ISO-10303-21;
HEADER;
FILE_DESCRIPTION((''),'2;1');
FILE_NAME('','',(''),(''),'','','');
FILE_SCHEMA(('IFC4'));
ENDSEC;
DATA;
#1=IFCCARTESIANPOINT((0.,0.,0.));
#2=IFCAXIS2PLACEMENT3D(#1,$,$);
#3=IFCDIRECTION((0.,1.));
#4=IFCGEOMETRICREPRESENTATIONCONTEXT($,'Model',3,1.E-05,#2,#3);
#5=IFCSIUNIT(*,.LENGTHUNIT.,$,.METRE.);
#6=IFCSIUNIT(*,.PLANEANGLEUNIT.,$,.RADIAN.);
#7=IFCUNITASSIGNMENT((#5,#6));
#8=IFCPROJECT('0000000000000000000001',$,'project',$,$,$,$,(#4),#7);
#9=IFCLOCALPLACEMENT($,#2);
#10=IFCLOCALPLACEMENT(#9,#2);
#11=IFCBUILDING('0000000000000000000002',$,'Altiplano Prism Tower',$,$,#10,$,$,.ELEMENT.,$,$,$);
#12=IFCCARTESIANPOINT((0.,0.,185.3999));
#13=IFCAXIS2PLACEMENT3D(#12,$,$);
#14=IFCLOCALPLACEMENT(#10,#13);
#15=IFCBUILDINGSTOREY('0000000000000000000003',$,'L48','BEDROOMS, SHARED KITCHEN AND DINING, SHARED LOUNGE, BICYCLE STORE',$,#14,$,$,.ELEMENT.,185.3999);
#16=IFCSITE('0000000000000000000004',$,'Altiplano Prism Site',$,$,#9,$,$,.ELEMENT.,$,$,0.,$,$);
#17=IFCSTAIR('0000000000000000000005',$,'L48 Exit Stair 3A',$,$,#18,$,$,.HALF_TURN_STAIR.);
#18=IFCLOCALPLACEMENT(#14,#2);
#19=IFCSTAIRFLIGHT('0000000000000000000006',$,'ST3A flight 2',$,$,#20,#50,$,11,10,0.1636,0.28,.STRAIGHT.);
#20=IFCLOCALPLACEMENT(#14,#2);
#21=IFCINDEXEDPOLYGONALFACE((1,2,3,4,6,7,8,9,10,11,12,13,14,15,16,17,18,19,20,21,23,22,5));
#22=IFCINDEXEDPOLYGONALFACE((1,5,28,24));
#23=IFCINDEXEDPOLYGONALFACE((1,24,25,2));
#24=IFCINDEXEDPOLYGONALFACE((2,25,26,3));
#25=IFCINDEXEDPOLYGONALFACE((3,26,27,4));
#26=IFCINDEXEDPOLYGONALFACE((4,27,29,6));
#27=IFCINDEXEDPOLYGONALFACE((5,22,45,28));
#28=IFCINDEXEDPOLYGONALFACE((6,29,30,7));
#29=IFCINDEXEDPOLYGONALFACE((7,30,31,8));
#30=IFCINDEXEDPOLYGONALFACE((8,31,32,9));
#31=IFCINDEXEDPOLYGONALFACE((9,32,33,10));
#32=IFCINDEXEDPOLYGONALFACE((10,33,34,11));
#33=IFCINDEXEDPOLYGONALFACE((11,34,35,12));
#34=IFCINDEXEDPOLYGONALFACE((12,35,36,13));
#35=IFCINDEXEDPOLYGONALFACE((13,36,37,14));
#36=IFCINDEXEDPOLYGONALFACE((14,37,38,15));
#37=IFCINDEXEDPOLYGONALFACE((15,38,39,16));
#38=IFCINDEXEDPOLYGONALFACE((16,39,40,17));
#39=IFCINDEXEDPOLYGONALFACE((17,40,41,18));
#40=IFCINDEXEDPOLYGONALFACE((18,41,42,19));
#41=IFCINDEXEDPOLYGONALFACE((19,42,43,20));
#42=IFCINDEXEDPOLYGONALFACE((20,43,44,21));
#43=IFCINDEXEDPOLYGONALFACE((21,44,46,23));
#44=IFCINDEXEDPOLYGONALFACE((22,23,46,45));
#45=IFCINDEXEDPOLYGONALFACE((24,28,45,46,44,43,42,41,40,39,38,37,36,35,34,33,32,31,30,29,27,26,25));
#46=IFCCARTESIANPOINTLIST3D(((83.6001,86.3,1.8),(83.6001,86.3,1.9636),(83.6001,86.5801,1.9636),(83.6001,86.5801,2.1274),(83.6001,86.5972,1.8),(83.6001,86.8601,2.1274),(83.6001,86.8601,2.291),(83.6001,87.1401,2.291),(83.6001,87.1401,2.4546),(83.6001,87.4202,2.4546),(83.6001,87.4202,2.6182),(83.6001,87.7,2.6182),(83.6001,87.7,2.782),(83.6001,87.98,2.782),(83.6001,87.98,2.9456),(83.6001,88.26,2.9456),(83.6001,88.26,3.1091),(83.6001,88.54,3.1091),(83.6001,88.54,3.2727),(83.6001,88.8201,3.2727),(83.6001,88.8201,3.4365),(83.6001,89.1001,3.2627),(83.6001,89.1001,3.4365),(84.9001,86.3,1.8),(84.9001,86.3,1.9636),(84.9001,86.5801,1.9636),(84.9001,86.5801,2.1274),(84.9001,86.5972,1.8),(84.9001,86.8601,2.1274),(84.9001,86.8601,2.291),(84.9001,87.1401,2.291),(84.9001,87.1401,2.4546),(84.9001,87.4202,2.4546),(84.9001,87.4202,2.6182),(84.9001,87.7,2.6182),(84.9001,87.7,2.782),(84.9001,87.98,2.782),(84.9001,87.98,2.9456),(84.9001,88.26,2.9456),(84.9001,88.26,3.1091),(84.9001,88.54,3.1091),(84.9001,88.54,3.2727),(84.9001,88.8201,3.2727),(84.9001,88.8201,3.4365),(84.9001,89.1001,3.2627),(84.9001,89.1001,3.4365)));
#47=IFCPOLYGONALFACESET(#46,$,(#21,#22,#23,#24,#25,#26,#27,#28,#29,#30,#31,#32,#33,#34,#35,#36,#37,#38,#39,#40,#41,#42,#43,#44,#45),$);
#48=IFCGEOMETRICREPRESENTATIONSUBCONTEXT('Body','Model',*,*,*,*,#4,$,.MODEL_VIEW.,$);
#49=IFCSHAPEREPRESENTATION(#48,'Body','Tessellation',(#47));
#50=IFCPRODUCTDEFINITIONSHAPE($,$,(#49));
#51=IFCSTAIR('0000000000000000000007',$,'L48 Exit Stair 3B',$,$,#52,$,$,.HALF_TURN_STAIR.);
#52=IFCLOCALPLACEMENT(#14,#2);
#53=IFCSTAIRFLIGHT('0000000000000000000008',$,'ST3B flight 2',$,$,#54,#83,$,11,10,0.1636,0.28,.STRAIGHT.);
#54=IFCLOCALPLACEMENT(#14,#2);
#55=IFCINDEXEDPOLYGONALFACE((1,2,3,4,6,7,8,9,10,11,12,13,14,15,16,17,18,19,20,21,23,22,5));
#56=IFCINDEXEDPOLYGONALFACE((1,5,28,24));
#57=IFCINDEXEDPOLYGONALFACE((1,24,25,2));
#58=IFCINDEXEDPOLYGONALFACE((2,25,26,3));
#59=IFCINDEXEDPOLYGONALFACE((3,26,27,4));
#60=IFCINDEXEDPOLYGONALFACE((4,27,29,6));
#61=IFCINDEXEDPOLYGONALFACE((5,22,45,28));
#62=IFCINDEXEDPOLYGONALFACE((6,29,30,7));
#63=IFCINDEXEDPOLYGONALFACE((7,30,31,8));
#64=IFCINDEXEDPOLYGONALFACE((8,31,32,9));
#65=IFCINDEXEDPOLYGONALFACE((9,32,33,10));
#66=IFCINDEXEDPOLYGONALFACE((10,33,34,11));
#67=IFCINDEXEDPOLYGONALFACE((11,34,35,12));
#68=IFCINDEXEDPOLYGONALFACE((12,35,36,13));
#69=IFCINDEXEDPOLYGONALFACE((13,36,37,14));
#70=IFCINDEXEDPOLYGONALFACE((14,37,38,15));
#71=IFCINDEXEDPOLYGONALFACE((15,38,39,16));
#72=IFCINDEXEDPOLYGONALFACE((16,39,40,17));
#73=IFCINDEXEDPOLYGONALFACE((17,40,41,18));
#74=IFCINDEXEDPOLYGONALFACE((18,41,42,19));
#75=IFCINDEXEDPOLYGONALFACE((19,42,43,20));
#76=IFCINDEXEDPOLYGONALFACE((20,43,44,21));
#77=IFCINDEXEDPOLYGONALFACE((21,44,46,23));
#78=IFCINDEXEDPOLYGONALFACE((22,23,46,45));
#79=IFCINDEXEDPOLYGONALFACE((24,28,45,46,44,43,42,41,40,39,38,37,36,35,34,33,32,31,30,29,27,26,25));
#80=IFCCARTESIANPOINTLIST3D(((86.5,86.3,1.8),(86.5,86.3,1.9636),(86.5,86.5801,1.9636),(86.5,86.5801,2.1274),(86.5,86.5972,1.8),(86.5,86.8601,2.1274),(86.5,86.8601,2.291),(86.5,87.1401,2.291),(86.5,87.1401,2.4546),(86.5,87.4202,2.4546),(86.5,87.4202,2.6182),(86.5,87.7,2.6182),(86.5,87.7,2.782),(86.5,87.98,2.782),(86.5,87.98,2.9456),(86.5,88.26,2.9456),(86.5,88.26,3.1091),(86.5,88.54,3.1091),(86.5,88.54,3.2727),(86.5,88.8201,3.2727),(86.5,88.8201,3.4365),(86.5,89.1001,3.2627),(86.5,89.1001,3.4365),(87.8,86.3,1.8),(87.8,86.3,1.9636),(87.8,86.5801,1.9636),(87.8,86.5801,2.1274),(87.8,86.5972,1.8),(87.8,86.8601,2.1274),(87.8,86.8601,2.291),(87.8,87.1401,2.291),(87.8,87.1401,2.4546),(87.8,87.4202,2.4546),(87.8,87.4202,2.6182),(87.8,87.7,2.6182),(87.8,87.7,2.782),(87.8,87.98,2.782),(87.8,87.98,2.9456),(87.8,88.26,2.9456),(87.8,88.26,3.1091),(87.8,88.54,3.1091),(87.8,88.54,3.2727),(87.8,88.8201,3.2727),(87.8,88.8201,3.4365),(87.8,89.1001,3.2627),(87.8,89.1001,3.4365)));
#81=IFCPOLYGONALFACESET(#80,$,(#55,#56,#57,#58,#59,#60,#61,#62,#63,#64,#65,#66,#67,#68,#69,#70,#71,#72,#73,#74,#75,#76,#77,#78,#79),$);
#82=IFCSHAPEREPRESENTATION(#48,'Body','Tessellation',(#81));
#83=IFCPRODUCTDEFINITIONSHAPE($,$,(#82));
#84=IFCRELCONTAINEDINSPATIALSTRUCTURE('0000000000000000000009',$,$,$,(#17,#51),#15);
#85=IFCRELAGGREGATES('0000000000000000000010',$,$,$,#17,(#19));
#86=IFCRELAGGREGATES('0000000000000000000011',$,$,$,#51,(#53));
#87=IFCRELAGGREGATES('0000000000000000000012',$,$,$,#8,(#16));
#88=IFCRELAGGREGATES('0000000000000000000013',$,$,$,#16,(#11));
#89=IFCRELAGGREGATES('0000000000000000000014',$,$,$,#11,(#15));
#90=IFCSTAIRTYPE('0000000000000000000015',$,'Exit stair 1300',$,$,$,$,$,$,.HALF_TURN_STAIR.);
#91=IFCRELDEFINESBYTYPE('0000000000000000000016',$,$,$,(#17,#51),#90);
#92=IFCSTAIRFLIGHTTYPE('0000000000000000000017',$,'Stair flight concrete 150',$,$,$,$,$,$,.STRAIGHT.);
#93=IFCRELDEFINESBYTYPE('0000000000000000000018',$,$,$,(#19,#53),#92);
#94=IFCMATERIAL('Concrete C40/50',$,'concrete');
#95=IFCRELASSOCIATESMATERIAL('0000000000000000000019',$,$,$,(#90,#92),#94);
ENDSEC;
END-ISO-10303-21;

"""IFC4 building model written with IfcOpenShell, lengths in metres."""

from ifc_helpers import new_model, si_unit, direction, frame, origin, place, context, subcontext, project, spatial, polyline, outline, extrude, material, type_object, element, aggregate, save


model = new_model("IFC4")

# Units and contexts
model_context = context("Model", 3, precision=1e-05, world=origin(), true_north=direction((0.0, 1.0)))
body_context = subcontext(model_context, "Body", "Model", "MODEL_VIEW")
ifc_project = project(units=[si_unit("LENGTHUNIT", "METRE"), si_unit("PLANEANGLEUNIT", "RADIAN")], contexts=[model_context])

# Site, building, storey
site_placement = place(None, origin())
site = spatial("IfcSite", under=ifc_project, at=site_placement, Name="Altiplano Prism Site", CompositionType="ELEMENT", RefElevation=0.0)
building_placement = place(site_placement, origin())
building = spatial("IfcBuilding", under=site, at=building_placement, Name="Altiplano Prism Tower", CompositionType="ELEMENT")
storey_placement = place(building_placement, frame((0.0, 0.0, 185.3999)))
storey = spatial("IfcBuildingStorey", under=building, at=storey_placement, Name="L48", Description="BEDROOMS, SHARED KITCHEN AND DINING, SHARED LOUNGE, BICYCLE STORE", CompositionType="ELEMENT", Elevation=185.3999)

# Stairs, stair flights
ifc_material_1 = material(Name="Concrete C40/50", Category="concrete")
stair_type = type_object("IfcStairType", Name="Exit stair 1300", PredefinedType="HALF_TURN_STAIR", material=ifc_material_1)
stair_1_placement = place(storey_placement, origin())
stair_1 = element("IfcStair", 1, at=stair_1_placement, inside=storey, type_object=stair_type, Name="L48 Exit Stair 3A", PredefinedType="HALF_TURN_STAIR")
stair_flight_type = type_object("IfcStairFlightType", Name="Stair flight concrete 150", PredefinedType="STRAIGHT", material=ifc_material_1)
stair_flight_1_placement = place(storey_placement, frame((84.25, 86.3, 1.8), z_axis=(0.0, 0.0, 1.0), x_axis=(0.0, 1.0, 0.0)))
stair_flight_1 = element("IfcStairFlight", 2, at=stair_flight_1_placement, type_object=stair_flight_type, Name="ST3A flight 2", NumberOfRisers=11, NumberOfTreads=10, PredefinedType="STRAIGHT", RiserHeight=0.1636, TreadLength=0.28, context=body_context, shape_type="SweptSolid", body=[
    extrude(outline(polyline([(0.0, 0.0), (0.0, 0.1636), (0.28, 0.1636), (0.28, 0.3274), (0.5601, 0.3274), (0.5601, 0.491), (0.8401, 0.491), (0.8401, 0.6545), (1.1201, 0.6545), (1.1201, 0.8181), (1.3999, 0.8181), (1.3999, 0.9819), (1.6799, 0.9819), (1.6799, 1.1455), (1.96, 1.1455), (1.96, 1.3091), (2.24, 1.3091), (2.24, 1.4727), (2.52, 1.4727), (2.52, 1.6365), (2.8, 1.6365), (2.8, 1.8), (2.8, 1.4626), (0.2971, 0.0), (0.0, 0.0)])), frame((0.0, 0.6499, 0.0), z_axis=(0.0, -1.0, 0.0), x_axis=(1.0, 0.0, 0.0)), (0.0, 0.0, 1.0), 1.3),
])
aggregate(stair_1, [stair_flight_1])
stair_2_placement = place(storey_placement, origin())
stair_2 = element("IfcStair", 3, at=stair_2_placement, inside=storey, type_object=stair_type, Name="L48 Exit Stair 3B", PredefinedType="HALF_TURN_STAIR")
stair_flight_2_placement = place(storey_placement, frame((87.1499, 86.3, 1.8), z_axis=(0.0, 0.0, 1.0), x_axis=(0.0, 1.0, 0.0)))
stair_flight_2 = element("IfcStairFlight", 4, at=stair_flight_2_placement, type_object=stair_flight_type, Name="ST3B flight 2", NumberOfRisers=11, NumberOfTreads=10, PredefinedType="STRAIGHT", RiserHeight=0.1636, TreadLength=0.28, context=body_context, shape_type="SweptSolid", body=[
    extrude(outline(polyline([(0.0, 0.0), (0.0, 0.1636), (0.28, 0.1636), (0.28, 0.3274), (0.5601, 0.3274), (0.5601, 0.491), (0.8401, 0.491), (0.8401, 0.6545), (1.1201, 0.6545), (1.1201, 0.8181), (1.3999, 0.8181), (1.3999, 0.9819), (1.6799, 0.9819), (1.6799, 1.1455), (1.96, 1.1455), (1.96, 1.3091), (2.24, 1.3091), (2.24, 1.4727), (2.52, 1.4727), (2.52, 1.6365), (2.8, 1.6365), (2.8, 1.8), (2.8, 1.4626), (0.2971, 0.0), (0.0, 0.0)])), frame((0.0, 0.6499, 0.0), z_axis=(0.0, -1.0, 0.0), x_axis=(1.0, 0.0, 0.0)), (0.0, 0.0, 1.0), 1.3),
])
aggregate(stair_2, [stair_flight_2])

save(model, "model.ifc")
